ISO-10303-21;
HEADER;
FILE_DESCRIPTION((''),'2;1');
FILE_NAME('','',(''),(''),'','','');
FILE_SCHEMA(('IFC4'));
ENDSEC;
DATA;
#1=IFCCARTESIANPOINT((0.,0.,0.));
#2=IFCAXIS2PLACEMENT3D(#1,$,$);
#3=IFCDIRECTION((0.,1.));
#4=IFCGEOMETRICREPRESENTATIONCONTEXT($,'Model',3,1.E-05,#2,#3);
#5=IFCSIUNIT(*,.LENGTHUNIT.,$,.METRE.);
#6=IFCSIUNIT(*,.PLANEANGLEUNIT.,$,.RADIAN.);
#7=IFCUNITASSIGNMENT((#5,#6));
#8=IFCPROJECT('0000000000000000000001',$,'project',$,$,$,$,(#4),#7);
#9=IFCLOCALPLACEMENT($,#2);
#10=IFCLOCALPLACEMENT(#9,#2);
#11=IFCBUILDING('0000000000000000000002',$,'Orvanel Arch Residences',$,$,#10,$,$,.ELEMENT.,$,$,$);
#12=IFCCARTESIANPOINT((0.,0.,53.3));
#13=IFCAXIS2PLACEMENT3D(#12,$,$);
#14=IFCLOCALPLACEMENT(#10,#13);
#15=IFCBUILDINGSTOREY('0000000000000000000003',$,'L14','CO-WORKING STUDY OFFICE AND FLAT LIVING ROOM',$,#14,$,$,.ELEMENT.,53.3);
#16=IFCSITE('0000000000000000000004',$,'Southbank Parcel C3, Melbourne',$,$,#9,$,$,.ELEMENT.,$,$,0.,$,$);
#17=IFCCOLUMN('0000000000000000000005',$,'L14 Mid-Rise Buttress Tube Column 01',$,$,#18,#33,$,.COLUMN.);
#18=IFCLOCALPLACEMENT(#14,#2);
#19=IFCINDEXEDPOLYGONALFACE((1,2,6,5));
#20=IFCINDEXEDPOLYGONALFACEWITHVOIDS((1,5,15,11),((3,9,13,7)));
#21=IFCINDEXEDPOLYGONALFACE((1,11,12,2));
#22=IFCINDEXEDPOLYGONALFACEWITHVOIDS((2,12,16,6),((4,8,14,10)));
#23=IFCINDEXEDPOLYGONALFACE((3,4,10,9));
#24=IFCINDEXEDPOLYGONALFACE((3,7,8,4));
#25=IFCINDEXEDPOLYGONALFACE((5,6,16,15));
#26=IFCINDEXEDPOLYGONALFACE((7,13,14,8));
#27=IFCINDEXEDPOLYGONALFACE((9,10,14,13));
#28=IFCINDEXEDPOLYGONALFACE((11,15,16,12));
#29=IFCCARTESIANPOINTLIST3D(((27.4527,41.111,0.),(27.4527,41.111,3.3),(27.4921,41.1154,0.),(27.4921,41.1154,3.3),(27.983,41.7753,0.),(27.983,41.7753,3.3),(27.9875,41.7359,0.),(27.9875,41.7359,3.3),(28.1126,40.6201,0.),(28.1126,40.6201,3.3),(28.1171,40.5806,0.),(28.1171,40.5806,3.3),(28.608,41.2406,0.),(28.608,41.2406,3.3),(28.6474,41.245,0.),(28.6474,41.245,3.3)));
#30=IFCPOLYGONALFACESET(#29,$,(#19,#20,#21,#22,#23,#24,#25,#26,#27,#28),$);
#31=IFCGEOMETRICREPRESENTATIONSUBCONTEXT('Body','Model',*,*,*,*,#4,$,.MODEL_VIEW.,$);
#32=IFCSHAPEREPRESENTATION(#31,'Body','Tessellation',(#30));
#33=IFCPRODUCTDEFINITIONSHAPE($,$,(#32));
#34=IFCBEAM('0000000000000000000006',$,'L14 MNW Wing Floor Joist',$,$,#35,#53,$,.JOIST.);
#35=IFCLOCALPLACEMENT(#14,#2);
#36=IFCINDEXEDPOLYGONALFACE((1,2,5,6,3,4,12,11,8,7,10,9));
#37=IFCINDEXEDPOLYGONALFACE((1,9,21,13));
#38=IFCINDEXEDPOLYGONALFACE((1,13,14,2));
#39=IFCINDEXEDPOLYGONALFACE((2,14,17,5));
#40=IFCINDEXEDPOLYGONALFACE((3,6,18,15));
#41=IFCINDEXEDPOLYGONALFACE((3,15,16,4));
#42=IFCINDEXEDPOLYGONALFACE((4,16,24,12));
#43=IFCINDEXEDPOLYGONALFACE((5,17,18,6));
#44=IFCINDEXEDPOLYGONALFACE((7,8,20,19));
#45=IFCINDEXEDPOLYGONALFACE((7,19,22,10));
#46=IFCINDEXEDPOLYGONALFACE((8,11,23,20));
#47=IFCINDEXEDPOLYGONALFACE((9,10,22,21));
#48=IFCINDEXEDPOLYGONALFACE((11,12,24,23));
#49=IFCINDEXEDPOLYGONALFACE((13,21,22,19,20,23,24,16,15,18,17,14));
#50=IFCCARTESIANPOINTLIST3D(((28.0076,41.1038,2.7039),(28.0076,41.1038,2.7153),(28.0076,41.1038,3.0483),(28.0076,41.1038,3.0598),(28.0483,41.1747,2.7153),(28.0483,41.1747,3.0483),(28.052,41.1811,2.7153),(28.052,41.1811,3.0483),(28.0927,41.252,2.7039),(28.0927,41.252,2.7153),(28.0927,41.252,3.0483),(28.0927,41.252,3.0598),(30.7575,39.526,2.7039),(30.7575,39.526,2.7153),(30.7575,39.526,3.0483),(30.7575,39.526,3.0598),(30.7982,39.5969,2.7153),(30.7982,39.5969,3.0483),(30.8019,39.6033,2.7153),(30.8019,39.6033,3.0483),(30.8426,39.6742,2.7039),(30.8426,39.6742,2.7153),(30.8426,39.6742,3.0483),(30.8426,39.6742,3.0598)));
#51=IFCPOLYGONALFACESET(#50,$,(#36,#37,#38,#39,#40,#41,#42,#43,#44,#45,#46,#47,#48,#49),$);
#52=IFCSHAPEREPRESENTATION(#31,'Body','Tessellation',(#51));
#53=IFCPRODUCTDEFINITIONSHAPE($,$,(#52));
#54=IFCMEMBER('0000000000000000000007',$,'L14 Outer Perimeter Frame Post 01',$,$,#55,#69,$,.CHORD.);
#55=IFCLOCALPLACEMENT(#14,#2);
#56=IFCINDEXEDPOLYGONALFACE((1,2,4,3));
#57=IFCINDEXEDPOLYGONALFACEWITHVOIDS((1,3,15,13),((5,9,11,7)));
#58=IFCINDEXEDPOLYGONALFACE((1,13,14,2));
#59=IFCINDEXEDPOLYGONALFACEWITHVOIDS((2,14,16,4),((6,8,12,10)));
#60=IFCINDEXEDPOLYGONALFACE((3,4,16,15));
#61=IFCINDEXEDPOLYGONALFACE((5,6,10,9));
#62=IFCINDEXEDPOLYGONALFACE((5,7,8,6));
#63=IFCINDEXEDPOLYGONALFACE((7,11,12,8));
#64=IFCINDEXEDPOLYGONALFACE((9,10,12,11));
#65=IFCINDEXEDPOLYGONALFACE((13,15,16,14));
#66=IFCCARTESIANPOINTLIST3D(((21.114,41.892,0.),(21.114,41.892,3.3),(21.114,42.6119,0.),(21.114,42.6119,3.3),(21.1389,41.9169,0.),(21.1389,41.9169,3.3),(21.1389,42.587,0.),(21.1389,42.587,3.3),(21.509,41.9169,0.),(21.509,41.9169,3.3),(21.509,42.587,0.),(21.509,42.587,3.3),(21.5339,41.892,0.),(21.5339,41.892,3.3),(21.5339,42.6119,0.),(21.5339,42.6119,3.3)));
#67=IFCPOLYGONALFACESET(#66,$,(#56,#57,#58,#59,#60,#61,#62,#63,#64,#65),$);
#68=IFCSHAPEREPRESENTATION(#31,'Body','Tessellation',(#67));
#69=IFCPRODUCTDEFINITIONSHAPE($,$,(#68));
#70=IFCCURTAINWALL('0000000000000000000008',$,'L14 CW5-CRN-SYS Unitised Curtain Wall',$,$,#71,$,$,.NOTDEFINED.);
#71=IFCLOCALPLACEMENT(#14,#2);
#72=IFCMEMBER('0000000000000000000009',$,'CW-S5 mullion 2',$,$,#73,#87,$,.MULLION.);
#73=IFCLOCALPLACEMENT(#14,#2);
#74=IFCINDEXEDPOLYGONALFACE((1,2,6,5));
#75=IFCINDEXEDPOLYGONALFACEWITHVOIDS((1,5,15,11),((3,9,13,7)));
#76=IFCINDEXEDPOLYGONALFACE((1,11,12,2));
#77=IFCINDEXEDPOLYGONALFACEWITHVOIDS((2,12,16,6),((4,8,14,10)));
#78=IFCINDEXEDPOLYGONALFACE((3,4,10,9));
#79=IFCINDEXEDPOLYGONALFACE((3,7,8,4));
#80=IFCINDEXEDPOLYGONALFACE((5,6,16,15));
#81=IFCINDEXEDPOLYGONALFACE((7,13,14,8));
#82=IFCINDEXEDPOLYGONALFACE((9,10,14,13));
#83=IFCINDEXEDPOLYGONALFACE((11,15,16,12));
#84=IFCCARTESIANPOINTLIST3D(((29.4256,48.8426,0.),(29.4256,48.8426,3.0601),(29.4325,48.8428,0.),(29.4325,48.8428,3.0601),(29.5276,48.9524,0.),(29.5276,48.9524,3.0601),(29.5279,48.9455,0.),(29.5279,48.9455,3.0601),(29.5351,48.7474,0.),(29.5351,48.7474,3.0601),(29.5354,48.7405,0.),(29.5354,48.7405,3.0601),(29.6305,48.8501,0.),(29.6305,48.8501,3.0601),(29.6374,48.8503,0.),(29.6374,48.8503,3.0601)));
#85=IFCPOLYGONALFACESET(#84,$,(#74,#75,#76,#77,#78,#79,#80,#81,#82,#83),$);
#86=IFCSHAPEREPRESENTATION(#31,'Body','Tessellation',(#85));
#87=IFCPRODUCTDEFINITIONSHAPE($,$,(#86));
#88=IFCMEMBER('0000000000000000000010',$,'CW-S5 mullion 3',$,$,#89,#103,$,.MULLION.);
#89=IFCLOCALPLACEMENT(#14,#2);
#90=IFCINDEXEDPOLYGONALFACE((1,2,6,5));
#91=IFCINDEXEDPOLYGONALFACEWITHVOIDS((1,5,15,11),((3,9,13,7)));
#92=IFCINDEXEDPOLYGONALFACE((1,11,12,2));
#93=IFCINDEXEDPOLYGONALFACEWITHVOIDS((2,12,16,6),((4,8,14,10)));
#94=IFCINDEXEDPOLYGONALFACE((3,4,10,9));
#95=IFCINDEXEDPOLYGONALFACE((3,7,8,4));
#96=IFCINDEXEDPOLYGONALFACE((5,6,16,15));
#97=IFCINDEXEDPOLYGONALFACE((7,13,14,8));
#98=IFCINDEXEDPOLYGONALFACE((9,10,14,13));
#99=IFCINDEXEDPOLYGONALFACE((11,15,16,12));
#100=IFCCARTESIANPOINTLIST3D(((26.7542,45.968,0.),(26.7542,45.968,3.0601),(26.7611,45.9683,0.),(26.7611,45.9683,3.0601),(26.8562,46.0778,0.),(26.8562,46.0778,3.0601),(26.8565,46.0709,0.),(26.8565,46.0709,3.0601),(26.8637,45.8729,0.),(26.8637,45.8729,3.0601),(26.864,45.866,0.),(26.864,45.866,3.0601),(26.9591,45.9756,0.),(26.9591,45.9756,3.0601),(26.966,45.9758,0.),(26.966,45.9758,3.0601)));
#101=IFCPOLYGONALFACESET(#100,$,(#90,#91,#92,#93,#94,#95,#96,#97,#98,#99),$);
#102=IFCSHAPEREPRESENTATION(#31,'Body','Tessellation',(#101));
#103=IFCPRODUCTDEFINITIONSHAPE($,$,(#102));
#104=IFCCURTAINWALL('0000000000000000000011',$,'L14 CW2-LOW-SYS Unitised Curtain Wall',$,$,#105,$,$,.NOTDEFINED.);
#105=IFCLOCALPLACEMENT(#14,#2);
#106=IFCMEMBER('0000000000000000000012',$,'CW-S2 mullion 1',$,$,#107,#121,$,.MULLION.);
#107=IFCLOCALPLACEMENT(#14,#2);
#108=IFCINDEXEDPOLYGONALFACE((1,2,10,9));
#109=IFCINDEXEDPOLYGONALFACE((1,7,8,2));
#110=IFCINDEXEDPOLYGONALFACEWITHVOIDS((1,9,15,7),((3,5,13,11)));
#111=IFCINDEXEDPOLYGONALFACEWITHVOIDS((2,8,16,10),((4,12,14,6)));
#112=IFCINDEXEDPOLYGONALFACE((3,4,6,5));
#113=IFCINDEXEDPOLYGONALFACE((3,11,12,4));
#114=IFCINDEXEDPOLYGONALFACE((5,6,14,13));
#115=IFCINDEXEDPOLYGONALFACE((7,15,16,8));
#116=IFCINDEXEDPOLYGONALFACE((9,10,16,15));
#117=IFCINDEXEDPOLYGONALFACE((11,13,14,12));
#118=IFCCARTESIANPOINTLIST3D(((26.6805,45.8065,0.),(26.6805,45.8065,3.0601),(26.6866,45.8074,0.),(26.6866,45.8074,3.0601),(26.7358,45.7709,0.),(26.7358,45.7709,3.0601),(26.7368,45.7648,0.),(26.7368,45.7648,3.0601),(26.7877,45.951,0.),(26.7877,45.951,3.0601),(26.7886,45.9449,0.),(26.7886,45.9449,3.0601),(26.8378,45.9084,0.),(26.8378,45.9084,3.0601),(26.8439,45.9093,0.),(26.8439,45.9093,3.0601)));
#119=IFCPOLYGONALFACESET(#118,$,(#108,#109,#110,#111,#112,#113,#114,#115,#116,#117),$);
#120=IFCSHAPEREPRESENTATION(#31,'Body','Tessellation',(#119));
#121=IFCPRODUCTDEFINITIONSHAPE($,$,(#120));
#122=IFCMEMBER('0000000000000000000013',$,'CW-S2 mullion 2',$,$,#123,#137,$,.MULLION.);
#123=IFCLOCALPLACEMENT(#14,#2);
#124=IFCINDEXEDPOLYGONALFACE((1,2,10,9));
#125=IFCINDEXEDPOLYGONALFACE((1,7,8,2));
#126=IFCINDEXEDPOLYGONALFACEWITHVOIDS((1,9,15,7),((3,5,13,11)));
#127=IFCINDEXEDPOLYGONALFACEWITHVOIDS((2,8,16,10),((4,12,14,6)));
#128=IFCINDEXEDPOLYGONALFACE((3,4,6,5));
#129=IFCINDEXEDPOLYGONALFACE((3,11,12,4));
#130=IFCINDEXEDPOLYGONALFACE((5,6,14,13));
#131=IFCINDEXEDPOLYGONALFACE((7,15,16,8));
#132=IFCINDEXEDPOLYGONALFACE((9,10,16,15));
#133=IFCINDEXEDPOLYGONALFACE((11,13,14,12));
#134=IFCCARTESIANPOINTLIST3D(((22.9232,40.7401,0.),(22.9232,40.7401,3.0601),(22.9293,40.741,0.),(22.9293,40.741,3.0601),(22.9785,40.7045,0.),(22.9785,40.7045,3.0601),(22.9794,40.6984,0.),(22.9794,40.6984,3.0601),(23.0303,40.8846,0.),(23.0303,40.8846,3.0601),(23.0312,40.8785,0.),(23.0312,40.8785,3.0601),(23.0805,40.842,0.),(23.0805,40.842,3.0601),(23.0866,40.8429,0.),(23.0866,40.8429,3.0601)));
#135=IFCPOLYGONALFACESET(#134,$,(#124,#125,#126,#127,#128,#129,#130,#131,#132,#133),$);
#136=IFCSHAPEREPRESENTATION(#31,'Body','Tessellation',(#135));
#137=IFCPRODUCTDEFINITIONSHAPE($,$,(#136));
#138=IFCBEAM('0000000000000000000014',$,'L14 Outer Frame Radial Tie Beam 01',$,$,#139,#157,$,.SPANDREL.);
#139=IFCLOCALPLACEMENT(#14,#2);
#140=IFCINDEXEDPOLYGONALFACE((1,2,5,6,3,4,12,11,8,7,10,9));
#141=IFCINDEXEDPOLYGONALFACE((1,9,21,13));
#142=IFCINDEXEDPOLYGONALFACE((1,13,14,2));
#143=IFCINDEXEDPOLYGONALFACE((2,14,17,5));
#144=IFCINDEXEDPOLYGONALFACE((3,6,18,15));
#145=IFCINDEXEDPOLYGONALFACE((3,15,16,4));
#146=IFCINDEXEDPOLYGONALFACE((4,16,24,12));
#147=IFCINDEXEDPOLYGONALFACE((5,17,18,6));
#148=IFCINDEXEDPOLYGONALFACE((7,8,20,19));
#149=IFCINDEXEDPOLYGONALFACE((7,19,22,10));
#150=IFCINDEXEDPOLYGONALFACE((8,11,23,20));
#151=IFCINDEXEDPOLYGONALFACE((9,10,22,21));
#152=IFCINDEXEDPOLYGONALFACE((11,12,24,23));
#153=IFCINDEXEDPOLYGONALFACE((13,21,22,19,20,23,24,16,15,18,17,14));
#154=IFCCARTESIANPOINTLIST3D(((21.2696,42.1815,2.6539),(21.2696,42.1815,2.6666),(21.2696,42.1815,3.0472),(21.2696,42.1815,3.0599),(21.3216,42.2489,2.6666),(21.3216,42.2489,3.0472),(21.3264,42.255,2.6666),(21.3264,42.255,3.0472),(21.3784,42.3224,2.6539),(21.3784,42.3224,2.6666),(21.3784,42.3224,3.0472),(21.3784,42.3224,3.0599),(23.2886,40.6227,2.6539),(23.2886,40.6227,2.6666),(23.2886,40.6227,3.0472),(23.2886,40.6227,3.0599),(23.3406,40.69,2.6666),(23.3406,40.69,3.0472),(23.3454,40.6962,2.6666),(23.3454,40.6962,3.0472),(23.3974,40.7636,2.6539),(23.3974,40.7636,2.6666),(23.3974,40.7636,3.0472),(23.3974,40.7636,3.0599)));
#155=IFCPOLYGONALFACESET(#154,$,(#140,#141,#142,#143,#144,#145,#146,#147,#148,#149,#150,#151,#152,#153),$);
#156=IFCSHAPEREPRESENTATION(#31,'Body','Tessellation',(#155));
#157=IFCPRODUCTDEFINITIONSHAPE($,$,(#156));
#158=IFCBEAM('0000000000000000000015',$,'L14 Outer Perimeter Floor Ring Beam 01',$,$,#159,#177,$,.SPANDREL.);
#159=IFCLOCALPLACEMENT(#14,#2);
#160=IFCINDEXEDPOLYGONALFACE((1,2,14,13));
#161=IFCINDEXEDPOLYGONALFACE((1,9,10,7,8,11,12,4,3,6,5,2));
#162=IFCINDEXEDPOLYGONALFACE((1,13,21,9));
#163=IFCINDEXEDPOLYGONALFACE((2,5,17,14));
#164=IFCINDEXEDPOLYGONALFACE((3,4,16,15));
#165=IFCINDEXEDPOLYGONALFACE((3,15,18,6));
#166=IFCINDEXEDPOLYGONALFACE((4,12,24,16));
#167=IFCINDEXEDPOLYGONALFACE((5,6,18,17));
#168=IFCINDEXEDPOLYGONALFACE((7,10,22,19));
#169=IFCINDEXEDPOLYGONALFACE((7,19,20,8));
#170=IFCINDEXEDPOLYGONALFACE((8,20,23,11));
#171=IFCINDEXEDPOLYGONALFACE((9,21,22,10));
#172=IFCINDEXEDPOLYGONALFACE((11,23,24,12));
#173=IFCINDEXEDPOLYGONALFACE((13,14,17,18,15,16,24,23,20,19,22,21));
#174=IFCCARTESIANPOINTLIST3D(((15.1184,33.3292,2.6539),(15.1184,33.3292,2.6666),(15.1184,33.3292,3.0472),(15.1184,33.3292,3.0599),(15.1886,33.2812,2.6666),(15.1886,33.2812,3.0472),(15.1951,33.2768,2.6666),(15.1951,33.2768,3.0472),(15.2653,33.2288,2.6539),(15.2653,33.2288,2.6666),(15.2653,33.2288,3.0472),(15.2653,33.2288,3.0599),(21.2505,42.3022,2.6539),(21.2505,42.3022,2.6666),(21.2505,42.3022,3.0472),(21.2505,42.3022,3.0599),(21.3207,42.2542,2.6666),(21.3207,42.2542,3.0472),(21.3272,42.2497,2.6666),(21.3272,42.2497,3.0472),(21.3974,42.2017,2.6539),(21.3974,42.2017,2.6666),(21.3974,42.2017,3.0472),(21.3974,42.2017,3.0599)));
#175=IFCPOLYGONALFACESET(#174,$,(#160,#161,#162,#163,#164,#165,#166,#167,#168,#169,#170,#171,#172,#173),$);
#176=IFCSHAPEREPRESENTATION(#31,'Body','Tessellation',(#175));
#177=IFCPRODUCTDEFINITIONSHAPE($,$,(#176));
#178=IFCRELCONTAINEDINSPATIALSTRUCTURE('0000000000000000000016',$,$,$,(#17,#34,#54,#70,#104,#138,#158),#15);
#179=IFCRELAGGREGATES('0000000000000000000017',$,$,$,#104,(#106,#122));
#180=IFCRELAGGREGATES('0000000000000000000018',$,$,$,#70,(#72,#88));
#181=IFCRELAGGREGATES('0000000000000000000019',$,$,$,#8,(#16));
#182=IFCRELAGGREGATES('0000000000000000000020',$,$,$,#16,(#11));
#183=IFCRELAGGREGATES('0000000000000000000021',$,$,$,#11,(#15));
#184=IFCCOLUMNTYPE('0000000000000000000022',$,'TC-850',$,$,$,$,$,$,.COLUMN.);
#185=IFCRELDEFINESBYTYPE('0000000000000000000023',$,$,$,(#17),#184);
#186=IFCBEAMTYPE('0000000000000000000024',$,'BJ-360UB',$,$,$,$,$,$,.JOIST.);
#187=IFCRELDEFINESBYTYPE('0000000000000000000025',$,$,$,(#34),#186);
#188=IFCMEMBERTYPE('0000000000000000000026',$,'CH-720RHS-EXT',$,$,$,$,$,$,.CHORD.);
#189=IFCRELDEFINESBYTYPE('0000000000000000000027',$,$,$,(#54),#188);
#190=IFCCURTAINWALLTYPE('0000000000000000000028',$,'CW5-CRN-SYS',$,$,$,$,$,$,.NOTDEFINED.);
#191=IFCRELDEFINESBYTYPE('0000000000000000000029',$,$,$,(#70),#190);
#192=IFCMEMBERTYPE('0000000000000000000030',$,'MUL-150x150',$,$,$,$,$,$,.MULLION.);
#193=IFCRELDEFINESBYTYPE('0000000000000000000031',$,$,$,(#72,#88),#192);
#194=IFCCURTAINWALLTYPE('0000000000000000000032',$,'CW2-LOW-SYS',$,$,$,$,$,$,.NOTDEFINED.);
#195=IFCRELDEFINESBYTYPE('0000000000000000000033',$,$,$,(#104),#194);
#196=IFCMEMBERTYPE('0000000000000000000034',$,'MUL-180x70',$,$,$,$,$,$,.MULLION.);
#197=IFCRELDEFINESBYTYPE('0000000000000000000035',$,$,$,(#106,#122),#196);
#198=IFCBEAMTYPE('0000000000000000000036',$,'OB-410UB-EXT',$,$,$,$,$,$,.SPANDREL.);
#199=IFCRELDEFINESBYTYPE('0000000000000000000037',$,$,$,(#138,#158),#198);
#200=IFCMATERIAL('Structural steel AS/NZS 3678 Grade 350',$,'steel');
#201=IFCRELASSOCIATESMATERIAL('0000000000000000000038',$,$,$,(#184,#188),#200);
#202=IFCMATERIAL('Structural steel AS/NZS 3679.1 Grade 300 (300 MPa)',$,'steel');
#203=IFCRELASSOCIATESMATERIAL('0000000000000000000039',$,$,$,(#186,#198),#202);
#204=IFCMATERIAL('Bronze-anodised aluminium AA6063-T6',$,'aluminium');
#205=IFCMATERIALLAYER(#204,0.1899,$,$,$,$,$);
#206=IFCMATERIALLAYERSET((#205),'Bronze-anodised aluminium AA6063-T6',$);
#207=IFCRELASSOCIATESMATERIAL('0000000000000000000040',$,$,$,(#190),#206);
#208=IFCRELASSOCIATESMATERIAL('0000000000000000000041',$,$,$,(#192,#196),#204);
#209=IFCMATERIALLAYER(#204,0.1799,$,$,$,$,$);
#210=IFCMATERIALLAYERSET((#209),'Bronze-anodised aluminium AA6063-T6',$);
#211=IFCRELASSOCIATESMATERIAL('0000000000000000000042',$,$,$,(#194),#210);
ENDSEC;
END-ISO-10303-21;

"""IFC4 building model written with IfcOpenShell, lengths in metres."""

from ifc_helpers import new_model, si_unit, direction, frame, origin, origin_2d, place, context, subcontext, project, spatial, hollow_rectangle, i_section, extrude, material, layer, layer_set, material_profile, profile_set, type_object, element, aggregate, save


model = new_model("IFC4")

# Units and contexts
model_context = context("Model", 3, precision=1e-05, world=origin(), true_north=direction((0.0, 1.0)))
body_context = subcontext(model_context, "Body", "Model", "MODEL_VIEW")
ifc_project = project(units=[si_unit("LENGTHUNIT", "METRE"), si_unit("PLANEANGLEUNIT", "RADIAN")], contexts=[model_context])

# Site, building, storey
site_placement = place(None, origin())
site = spatial("IfcSite", under=ifc_project, at=site_placement, Name="Southbank Parcel C3, Melbourne", CompositionType="ELEMENT", RefElevation=0.0)
building_placement = place(site_placement, origin())
building = spatial("IfcBuilding", under=site, at=building_placement, Name="Orvanel Arch Residences", CompositionType="ELEMENT")
storey_placement = place(building_placement, frame((0.0, 0.0, 53.3)))
storey = spatial("IfcBuildingStorey", under=building, at=storey_placement, Name="L14", Description="CO-WORKING STUDY OFFICE AND FLAT LIVING ROOM", CompositionType="ELEMENT", Elevation=53.3)

# Column
ifc_material_1 = material(Name="Structural steel AS/NZS 3678 Grade 350", Category="steel")
ifc_material_profile_1 = material_profile(ifc_material_1, hollow_rectangle(XDim=0.8501, YDim=0.8501, WallThickness=0.0281, at=origin_2d()), Name="BOX850x850x28")
ifc_profile_set_1 = profile_set([ifc_material_profile_1], Name="Structural steel AS/NZS 3678 Grade 350")
column_type = type_object("IfcColumnType", Name="TC-850", PredefinedType="COLUMN", material=ifc_profile_set_1)
column_placement = place(storey_placement, frame((28.05, 41.178, 0.0), z_axis=(0.0, 0.0, 1.0), x_axis=(0.62388, 0.78152, 0.0)))
element("IfcColumn", 1, at=column_placement, inside=storey, type_object=column_type, Name="L14 Mid-Rise Buttress Tube Column 01", PredefinedType="COLUMN", context=body_context, shape_type="SweptSolid", body=[
    extrude(hollow_rectangle(XDim=0.8501, YDim=0.8501, WallThickness=0.0281, at=origin_2d()), origin(), (0.0, 0.0, 1.0), 3.3),
])

# Beam
ifc_material_2 = material(Name="Structural steel AS/NZS 3679.1 Grade 300 (300 MPa)", Category="steel")
ifc_material_profile_2 = material_profile(ifc_material_2, i_section(OverallWidth=0.1709, OverallDepth=0.356, WebThickness=0.0073, FlangeThickness=0.0115, at=origin_2d()), Name="360UB50.7")
ifc_profile_set_2 = profile_set([ifc_material_profile_2], Name="Structural steel AS/NZS 3679.1 Grade 300 (300 MPa)")
beam_type_1 = type_object("IfcBeamType", Name="BJ-360UB", PredefinedType="JOIST", material=ifc_profile_set_2)
beam_1_placement = place(storey_placement, frame((30.8, 39.6001, 2.8818), z_axis=(-0.867365, 0.497672, 0.0), x_axis=(-0.497672, -0.867365, 0.0)))
element("IfcBeam", 2, at=beam_1_placement, inside=storey, type_object=beam_type_1, Name="L14 MNW Wing Floor Joist", PredefinedType="JOIST", context=body_context, shape_type="SweptSolid", body=[
    extrude(i_section(OverallWidth=0.1709, OverallDepth=0.356, WebThickness=0.0073, FlangeThickness=0.0115, at=origin_2d()), origin(), (0.0, 0.0, 1.0), 3.1704),
])

# Member
ifc_material_profile_3 = material_profile(ifc_material_1, hollow_rectangle(XDim=0.4199, YDim=0.72, WallThickness=0.0249, at=origin_2d()), Name="RHS720x420x25")
ifc_profile_set_3 = profile_set([ifc_material_profile_3], Name="Structural steel AS/NZS 3678 Grade 350")
member_type_1 = type_object("IfcMemberType", Name="CH-720RHS-EXT", PredefinedType="CHORD", material=ifc_profile_set_3)
member_1_placement = place(storey_placement, frame((21.324, 42.252, 0.0), z_axis=(0.0, 0.0, 1.0), x_axis=(1.0, 0.0, 0.0)))
element("IfcMember", 3, at=member_1_placement, inside=storey, type_object=member_type_1, Name="L14 Outer Perimeter Frame Post 01", PredefinedType="CHORD", context=body_context, shape_type="SweptSolid", body=[
    extrude(hollow_rectangle(XDim=0.4199, YDim=0.72, WallThickness=0.0249, at=origin_2d()), origin(), (0.0, 0.0, 1.0), 3.3),
])

# Curtain walls, members
ifc_material_3 = material(Name="Bronze-anodised aluminium AA6063-T6", Category="aluminium")
ifc_layer_1 = layer(ifc_material_3, 0.1899)
ifc_layer_set_1 = layer_set([ifc_layer_1], Name="Bronze-anodised aluminium AA6063-T6")
curtain_wall_type_1 = type_object("IfcCurtainWallType", Name="CW5-CRN-SYS", PredefinedType="NOTDEFINED", material=ifc_layer_set_1)
curtain_wall_1_placement = place(storey_placement, origin())
curtain_wall_1 = element("IfcCurtainWall", 4, at=curtain_wall_1_placement, inside=storey, type_object=curtain_wall_type_1, Name="L14 CW5-CRN-SYS Unitised Curtain Wall", PredefinedType="NOTDEFINED")
ifc_material_profile_4 = material_profile(ifc_material_3, hollow_rectangle(XDim=0.1499, YDim=0.1499, WallThickness=0.0049, at=origin_2d()), Name="ALU150x150x5")
ifc_profile_set_4 = profile_set([ifc_material_profile_4], Name="Bronze-anodised aluminium AA6063-T6")
member_type_2 = type_object("IfcMemberType", Name="MUL-150x150", PredefinedType="MULLION", material=ifc_profile_set_4)
member_2_placement = place(storey_placement, frame((29.5315, 48.8464, 0.0), z_axis=(0.0, 0.0, 1.0), x_axis=(0.732513, -0.680753, 0.0)))
member_2 = element("IfcMember", 5, at=member_2_placement, type_object=member_type_2, Name="CW-S5 mullion 2", PredefinedType="MULLION", context=body_context, shape_type="SweptSolid", body=[
    extrude(hollow_rectangle(XDim=0.1499, YDim=0.1499, WallThickness=0.0049, at=origin_2d()), origin(), (0.0, 0.0, 1.0), 3.0601),
])
member_3_placement = place(storey_placement, frame((26.8601, 45.9719, 0.0), z_axis=(0.0, 0.0, 1.0), x_axis=(0.732513, -0.680753, 0.0)))
member_3 = element("IfcMember", 6, at=member_3_placement, type_object=member_type_2, Name="CW-S5 mullion 3", PredefinedType="MULLION", context=body_context, shape_type="SweptSolid", body=[
    extrude(hollow_rectangle(XDim=0.1499, YDim=0.1499, WallThickness=0.0049, at=origin_2d()), origin(), (0.0, 0.0, 1.0), 3.0601),
])
ifc_layer_2 = layer(ifc_material_3, 0.1799)
ifc_layer_set_2 = layer_set([ifc_layer_2], Name="Bronze-anodised aluminium AA6063-T6")
curtain_wall_type_2 = type_object("IfcCurtainWallType", Name="CW2-LOW-SYS", PredefinedType="NOTDEFINED", material=ifc_layer_set_2)
curtain_wall_2_placement = place(storey_placement, origin())
curtain_wall_2 = element("IfcCurtainWall", 7, at=curtain_wall_2_placement, inside=storey, type_object=curtain_wall_type_2, Name="L14 CW2-LOW-SYS Unitised Curtain Wall", PredefinedType="NOTDEFINED")
ifc_material_profile_5 = material_profile(ifc_material_3, hollow_rectangle(XDim=0.0701, YDim=0.1799, WallThickness=0.0044, at=origin_2d()), Name="ALU180x70x4.5")
ifc_profile_set_5 = profile_set([ifc_material_profile_5], Name="Bronze-anodised aluminium AA6063-T6")
member_type_3 = type_object("IfcMemberType", Name="MUL-180x70", PredefinedType="MULLION", material=ifc_profile_set_5)
member_4_placement = place(storey_placement, frame((26.7622, 45.8579, 0.0), z_axis=(0.0, 0.0, 1.0), x_axis=(0.803233, -0.595665, 0.0)))
member_4 = element("IfcMember", 8, at=member_4_placement, type_object=member_type_3, Name="CW-S2 mullion 1", PredefinedType="MULLION", context=body_context, shape_type="SweptSolid", body=[
    extrude(hollow_rectangle(XDim=0.0701, YDim=0.1799, WallThickness=0.0044, at=origin_2d()), origin(), (0.0, 0.0, 1.0), 3.0601),
])
member_5_placement = place(storey_placement, frame((23.0049, 40.7915, 0.0), z_axis=(0.0, 0.0, 1.0), x_axis=(0.803233, -0.595665, 0.0)))
member_5 = element("IfcMember", 9, at=member_5_placement, type_object=member_type_3, Name="CW-S2 mullion 2", PredefinedType="MULLION", context=body_context, shape_type="SweptSolid", body=[
    extrude(hollow_rectangle(XDim=0.0701, YDim=0.1799, WallThickness=0.0044, at=origin_2d()), origin(), (0.0, 0.0, 1.0), 3.0601),
])

# Beams
ifc_material_profile_6 = material_profile(ifc_material_2, i_section(OverallWidth=0.178, OverallDepth=0.406, WebThickness=0.0078, FlangeThickness=0.0127, at=origin_2d()), Name="410UB59.7")
ifc_profile_set_6 = profile_set([ifc_material_profile_6], Name="Structural steel AS/NZS 3679.1 Grade 300 (300 MPa)")
beam_type_2 = type_object("IfcBeamType", Name="OB-410UB-EXT", PredefinedType="SPANDREL", material=ifc_profile_set_6)
beam_2_placement = place(storey_placement, frame((23.343, 40.6931, 2.8569), z_axis=(-0.791538, 0.611121, 0.0), x_axis=(-0.611121, -0.791538, 0.0)))
element("IfcBeam", 10, at=beam_2_placement, inside=storey, type_object=beam_type_2, Name="L14 Outer Frame Radial Tie Beam 01", PredefinedType="SPANDREL", context=body_context, shape_type="SweptSolid", body=[
    extrude(i_section(OverallWidth=0.178, OverallDepth=0.406, WebThickness=0.0078, FlangeThickness=0.0127, at=origin_2d()), origin(), (0.0, 0.0, 1.0), 2.5508),
])
beam_3_placement = place(storey_placement, frame((21.324, 42.252, 2.8569), z_axis=(-0.564228, -0.825619, 0.0), x_axis=(0.825619, -0.564228, 0.0)))
element("IfcBeam", 11, at=beam_3_placement, inside=storey, type_object=beam_type_2, Name="L14 Outer Perimeter Floor Ring Beam 01", PredefinedType="SPANDREL", context=body_context, shape_type="SweptSolid", body=[
    extrude(i_section(OverallWidth=0.178, OverallDepth=0.406, WebThickness=0.0078, FlangeThickness=0.0127, at=origin_2d()), origin(), (0.0, 0.0, 1.0), 10.8682),
])

aggregate(curtain_wall_2, [member_4, member_5])
aggregate(curtain_wall_1, [member_2, member_3])

save(model, "model.ifc")
